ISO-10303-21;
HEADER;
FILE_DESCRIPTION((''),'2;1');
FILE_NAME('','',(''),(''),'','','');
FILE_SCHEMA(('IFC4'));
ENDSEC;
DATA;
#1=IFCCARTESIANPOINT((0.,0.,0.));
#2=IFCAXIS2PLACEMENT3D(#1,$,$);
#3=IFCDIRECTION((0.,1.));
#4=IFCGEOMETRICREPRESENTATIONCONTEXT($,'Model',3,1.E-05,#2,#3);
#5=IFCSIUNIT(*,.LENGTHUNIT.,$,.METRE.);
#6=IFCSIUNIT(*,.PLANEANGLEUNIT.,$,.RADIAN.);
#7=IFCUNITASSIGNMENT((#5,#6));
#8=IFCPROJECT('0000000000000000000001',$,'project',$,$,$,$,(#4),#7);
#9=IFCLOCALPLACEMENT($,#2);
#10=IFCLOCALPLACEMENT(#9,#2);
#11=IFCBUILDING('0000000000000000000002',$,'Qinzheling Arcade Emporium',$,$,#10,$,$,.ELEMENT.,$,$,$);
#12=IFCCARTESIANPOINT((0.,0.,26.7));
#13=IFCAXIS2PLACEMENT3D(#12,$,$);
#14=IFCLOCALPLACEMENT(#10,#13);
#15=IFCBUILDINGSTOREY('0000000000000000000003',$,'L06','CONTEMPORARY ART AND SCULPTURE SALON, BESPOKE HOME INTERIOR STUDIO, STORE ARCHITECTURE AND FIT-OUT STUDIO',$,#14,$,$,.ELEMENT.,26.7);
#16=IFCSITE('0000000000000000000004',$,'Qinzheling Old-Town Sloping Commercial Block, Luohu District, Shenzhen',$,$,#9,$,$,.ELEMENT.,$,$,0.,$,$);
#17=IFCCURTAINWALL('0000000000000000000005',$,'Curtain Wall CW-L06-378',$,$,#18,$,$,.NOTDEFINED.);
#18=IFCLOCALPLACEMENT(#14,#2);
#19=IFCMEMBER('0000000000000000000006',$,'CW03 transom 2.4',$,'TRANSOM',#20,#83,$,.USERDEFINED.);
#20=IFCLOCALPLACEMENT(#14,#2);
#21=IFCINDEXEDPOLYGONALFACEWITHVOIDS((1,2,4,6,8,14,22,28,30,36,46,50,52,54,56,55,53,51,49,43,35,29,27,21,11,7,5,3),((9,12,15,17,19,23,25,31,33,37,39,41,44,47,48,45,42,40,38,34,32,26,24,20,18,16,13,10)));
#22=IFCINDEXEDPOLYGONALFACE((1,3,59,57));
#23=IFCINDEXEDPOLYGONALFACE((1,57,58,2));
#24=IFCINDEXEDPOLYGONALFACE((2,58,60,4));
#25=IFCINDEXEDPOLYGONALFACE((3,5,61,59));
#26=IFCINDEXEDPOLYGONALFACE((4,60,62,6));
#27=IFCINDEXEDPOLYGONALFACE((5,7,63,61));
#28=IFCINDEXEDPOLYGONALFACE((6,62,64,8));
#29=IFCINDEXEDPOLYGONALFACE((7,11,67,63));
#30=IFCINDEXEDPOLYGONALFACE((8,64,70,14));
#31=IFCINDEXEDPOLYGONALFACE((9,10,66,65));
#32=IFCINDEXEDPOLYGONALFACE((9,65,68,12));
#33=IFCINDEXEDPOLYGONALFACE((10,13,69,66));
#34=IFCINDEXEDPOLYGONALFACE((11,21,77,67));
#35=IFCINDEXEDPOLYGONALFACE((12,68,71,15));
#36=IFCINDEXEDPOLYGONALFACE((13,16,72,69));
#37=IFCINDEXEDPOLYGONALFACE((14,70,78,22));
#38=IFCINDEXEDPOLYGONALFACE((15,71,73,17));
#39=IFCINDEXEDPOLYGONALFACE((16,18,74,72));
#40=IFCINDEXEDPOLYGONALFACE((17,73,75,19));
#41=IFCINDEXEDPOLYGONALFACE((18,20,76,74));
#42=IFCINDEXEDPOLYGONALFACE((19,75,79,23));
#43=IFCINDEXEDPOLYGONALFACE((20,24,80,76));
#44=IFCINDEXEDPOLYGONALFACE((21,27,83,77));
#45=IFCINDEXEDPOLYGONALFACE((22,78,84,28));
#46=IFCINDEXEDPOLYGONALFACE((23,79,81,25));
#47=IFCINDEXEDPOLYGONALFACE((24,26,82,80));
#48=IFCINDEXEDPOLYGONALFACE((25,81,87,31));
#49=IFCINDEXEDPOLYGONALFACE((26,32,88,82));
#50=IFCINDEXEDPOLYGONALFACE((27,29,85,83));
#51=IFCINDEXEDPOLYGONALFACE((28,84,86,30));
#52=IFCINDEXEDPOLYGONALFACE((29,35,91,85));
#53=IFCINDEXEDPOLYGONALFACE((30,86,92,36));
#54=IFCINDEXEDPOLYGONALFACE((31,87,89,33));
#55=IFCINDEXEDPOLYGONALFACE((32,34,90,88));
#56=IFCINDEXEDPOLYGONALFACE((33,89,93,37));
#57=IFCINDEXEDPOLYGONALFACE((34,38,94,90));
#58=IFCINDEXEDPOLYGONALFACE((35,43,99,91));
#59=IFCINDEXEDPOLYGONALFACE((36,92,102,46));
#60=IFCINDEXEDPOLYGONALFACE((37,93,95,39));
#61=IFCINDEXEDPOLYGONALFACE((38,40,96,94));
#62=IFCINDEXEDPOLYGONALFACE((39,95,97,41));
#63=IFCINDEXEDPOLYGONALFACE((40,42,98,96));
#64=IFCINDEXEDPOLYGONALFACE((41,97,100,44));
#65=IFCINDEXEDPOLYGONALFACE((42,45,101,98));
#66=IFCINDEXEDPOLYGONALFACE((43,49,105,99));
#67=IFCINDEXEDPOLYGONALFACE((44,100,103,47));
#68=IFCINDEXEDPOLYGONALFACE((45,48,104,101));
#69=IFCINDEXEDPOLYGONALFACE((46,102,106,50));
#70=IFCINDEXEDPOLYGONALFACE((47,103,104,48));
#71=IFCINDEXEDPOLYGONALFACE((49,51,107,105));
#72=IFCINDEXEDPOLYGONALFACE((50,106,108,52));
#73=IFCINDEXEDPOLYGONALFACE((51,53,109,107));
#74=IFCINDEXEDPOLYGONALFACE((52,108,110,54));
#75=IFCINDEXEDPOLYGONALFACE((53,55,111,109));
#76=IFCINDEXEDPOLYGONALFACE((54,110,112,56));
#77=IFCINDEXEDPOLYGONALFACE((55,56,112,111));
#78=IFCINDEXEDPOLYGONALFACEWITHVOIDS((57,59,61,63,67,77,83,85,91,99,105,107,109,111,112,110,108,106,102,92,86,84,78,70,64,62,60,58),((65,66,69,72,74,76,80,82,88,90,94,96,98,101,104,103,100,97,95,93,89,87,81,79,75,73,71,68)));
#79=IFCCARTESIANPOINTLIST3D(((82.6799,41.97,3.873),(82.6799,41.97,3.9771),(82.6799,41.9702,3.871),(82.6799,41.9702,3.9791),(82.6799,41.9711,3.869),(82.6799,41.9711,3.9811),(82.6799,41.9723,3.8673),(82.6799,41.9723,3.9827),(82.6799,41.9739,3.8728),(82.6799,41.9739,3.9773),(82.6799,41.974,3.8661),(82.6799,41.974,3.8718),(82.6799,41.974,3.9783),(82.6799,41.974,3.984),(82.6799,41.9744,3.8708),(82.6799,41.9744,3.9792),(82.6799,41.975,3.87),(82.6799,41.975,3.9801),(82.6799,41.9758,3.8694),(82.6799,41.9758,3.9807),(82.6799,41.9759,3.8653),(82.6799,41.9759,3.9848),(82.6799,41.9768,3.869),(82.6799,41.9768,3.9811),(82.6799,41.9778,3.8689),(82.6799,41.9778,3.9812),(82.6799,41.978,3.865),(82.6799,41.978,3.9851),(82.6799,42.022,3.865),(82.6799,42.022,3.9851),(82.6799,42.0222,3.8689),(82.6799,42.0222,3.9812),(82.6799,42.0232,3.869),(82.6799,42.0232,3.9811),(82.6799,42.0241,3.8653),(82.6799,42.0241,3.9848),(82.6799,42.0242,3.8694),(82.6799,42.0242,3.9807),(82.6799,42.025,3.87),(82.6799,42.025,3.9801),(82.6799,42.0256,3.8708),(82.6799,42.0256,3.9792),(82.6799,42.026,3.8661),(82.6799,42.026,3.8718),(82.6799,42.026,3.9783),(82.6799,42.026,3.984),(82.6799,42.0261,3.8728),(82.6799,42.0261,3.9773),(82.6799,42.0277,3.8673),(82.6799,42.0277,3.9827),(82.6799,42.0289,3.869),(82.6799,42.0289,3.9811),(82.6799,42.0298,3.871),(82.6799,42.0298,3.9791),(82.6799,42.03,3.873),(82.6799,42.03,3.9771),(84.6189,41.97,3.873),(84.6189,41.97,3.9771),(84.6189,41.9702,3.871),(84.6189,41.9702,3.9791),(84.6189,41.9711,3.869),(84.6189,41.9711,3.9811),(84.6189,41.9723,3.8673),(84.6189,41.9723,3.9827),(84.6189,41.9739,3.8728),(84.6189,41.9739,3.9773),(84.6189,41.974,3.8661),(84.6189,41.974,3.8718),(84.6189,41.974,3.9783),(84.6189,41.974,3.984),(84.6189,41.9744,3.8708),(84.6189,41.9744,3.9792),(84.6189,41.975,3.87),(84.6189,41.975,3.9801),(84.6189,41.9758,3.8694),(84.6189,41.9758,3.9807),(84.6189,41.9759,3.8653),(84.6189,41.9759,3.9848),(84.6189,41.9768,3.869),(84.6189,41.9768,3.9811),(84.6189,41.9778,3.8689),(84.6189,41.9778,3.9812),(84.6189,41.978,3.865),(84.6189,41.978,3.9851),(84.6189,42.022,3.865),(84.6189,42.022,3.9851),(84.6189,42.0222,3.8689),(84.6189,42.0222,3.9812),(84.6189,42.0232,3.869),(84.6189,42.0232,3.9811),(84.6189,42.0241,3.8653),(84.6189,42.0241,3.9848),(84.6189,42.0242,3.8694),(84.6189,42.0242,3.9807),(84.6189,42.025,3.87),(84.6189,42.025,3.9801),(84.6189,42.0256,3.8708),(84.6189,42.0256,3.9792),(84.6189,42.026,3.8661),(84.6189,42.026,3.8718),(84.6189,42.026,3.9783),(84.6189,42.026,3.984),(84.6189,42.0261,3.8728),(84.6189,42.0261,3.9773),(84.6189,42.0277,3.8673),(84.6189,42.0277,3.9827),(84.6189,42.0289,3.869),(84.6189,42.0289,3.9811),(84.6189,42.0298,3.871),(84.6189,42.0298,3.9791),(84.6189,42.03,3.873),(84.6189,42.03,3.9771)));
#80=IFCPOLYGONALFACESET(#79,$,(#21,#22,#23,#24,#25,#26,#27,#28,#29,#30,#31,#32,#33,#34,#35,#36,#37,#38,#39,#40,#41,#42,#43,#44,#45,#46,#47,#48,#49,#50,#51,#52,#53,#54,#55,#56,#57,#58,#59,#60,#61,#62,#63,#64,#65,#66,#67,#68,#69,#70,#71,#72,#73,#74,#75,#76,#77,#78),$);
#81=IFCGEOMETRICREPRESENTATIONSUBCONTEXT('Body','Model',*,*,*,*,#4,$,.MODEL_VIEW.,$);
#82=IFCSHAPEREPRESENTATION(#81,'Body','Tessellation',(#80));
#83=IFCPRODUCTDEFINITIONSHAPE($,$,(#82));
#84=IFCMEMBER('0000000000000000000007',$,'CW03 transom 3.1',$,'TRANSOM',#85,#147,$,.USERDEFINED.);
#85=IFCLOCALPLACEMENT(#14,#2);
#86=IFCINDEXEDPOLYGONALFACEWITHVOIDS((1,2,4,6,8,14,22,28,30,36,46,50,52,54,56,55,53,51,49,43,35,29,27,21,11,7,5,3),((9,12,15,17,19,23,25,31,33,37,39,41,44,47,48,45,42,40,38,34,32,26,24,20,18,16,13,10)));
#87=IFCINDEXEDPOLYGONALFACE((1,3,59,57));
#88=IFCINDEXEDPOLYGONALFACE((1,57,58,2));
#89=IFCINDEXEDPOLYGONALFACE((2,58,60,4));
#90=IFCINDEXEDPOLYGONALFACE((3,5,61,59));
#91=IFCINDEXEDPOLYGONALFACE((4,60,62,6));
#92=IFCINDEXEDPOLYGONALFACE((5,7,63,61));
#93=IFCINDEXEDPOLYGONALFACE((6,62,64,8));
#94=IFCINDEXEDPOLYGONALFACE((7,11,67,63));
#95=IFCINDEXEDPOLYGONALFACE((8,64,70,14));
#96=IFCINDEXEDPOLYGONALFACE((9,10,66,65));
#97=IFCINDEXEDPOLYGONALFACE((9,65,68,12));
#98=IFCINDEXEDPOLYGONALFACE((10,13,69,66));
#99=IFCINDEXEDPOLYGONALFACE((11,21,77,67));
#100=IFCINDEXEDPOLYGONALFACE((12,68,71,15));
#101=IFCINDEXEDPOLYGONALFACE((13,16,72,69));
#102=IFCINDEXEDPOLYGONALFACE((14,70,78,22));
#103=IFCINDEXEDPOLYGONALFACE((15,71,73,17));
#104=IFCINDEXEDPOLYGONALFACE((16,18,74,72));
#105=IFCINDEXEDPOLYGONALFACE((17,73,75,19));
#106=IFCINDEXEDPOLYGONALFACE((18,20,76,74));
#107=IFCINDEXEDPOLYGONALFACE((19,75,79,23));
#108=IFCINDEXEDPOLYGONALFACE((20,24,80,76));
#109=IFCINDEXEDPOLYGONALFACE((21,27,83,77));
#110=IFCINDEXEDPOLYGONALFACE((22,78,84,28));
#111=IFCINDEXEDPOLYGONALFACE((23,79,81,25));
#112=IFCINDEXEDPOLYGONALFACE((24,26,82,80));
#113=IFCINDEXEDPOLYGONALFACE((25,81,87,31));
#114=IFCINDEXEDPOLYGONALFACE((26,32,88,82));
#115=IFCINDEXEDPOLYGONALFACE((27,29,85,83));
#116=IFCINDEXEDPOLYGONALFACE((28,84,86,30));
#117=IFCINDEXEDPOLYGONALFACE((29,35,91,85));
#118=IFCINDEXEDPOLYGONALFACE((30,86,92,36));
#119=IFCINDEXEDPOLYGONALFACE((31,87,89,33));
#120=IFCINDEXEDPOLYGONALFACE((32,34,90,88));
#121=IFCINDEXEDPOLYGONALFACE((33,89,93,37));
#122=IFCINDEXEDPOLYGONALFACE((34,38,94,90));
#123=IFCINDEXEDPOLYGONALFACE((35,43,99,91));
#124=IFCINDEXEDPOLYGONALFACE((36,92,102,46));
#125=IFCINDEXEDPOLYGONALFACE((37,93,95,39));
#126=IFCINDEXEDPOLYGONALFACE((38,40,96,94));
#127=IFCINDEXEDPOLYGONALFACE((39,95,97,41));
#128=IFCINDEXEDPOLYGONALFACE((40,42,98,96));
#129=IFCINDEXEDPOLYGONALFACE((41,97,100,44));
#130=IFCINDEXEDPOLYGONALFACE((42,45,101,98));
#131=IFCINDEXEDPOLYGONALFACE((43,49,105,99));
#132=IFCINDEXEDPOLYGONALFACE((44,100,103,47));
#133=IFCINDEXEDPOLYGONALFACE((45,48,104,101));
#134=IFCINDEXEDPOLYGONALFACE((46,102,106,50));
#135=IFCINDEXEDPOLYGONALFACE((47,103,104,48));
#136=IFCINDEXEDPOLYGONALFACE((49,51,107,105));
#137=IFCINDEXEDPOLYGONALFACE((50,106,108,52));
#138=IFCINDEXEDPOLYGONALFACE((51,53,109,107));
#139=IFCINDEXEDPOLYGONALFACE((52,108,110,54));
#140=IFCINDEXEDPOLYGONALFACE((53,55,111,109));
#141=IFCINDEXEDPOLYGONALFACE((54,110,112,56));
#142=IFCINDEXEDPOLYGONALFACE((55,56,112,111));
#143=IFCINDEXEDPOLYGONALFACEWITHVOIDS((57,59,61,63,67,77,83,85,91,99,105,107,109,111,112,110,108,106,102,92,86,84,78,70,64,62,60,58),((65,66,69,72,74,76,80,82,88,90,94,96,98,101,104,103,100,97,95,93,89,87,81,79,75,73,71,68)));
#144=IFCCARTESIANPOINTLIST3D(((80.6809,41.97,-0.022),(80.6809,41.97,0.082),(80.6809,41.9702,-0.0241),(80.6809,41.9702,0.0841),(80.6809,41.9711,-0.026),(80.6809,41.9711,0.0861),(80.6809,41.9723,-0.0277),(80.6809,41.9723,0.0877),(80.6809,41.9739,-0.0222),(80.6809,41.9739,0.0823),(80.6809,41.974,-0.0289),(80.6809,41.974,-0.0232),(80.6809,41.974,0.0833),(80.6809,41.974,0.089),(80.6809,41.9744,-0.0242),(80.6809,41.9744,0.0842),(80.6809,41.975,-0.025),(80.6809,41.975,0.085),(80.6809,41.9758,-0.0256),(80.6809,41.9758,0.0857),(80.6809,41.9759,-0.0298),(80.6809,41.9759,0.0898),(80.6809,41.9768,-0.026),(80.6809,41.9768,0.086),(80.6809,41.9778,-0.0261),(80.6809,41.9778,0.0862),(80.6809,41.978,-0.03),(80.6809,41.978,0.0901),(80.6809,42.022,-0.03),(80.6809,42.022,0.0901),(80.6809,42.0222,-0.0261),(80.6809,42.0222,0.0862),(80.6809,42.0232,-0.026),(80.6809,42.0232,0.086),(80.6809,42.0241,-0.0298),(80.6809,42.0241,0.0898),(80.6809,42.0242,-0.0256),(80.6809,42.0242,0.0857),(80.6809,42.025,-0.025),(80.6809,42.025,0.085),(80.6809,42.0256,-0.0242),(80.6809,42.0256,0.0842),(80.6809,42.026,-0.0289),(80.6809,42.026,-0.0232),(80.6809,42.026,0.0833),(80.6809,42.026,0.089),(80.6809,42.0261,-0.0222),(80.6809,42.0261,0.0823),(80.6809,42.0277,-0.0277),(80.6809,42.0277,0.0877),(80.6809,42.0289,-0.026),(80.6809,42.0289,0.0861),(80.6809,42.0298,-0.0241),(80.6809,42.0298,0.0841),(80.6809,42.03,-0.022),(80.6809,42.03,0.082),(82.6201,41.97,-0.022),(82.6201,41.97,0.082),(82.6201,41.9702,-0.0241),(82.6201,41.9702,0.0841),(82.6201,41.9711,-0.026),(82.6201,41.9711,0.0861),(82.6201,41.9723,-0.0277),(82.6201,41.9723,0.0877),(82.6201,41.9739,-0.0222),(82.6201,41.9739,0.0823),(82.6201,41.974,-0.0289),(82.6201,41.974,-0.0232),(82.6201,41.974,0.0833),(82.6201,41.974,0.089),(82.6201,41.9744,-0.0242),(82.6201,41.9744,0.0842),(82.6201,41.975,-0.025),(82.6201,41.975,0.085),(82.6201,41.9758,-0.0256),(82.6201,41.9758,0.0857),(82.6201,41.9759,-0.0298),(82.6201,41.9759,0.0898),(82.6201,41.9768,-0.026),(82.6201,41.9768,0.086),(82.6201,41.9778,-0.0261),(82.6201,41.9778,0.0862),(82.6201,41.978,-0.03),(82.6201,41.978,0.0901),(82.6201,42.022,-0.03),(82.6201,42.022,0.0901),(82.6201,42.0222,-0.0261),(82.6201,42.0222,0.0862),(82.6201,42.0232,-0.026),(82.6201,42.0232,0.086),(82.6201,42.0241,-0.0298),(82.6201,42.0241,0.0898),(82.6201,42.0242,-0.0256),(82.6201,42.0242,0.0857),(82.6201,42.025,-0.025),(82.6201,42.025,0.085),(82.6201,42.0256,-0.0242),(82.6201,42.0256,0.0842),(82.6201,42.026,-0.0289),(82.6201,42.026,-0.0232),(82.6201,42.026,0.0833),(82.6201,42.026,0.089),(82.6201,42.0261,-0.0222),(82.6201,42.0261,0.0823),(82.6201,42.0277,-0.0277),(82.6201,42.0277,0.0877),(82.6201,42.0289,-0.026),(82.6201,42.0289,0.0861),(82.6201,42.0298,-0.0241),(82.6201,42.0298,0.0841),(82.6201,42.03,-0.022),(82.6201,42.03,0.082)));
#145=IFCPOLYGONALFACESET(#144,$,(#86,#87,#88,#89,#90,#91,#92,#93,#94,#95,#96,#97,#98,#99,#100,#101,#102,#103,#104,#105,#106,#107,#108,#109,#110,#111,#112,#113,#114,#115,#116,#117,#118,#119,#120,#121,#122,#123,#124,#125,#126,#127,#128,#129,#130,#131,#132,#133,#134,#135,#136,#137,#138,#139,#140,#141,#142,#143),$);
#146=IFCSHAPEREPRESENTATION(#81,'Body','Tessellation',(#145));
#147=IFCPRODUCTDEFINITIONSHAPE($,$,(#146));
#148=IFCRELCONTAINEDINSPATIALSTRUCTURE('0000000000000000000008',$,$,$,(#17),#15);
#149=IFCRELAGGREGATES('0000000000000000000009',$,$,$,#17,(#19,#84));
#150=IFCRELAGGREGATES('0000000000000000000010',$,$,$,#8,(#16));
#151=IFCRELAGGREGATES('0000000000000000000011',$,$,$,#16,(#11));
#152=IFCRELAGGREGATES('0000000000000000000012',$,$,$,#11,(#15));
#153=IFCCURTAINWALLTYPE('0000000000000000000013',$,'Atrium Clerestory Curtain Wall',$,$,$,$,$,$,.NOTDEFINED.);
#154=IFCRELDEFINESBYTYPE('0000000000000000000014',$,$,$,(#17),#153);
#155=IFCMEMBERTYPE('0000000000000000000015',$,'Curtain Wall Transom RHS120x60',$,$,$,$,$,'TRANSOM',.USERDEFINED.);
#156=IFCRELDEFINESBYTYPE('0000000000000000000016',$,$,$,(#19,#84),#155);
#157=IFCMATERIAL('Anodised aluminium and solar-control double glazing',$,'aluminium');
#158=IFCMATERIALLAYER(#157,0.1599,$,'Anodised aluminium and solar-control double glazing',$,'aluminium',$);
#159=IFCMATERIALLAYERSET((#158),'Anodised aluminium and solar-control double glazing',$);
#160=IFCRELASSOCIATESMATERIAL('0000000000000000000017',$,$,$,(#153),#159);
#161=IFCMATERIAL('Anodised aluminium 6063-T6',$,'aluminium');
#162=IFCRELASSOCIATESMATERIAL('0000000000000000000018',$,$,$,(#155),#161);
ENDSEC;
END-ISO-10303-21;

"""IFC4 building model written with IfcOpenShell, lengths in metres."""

from ifc_helpers import new_model, si_unit, direction, frame, origin, origin_2d, place, context, subcontext, project, spatial, hollow_rectangle, extrude, material, layer, layer_set, material_profile, profile_set, type_object, element, aggregate, save


model = new_model("IFC4")

# Units and contexts
model_context = context("Model", 3, precision=1e-05, world=origin(), true_north=direction((0.0, 1.0)))
body_context = subcontext(model_context, "Body", "Model", "MODEL_VIEW")
ifc_project = project(units=[si_unit("LENGTHUNIT", "METRE"), si_unit("PLANEANGLEUNIT", "RADIAN")], contexts=[model_context])

# Site, building, storey
site_placement = place(None, origin())
site = spatial("IfcSite", under=ifc_project, at=site_placement, Name="Qinzheling Old-Town Sloping Commercial Block, Luohu District, Shenzhen", CompositionType="ELEMENT", RefElevation=0.0)
building_placement = place(site_placement, origin())
building = spatial("IfcBuilding", under=site, at=building_placement, Name="Qinzheling Arcade Emporium", CompositionType="ELEMENT")
storey_placement = place(building_placement, frame((0.0, 0.0, 26.7)))
storey = spatial("IfcBuildingStorey", under=building, at=storey_placement, Name="L06", Description="CONTEMPORARY ART AND SCULPTURE SALON, BESPOKE HOME INTERIOR STUDIO, STORE ARCHITECTURE AND FIT-OUT STUDIO", CompositionType="ELEMENT", Elevation=26.7)

# Curtain wall, members
ifc_material_1 = material(Name="Anodised aluminium and solar-control double glazing", Category="aluminium")
ifc_layer_1 = layer(ifc_material_1, 0.1599, Name="Anodised aluminium and solar-control double glazing", Category="aluminium")
ifc_layer_set_1 = layer_set([ifc_layer_1], Name="Anodised aluminium and solar-control double glazing")
curtain_wall_type = type_object("IfcCurtainWallType", Name="Atrium Clerestory Curtain Wall", PredefinedType="NOTDEFINED", material=ifc_layer_set_1)
curtain_wall_placement = place(storey_placement, origin())
curtain_wall = element("IfcCurtainWall", 1, at=curtain_wall_placement, inside=storey, type_object=curtain_wall_type, Name="Curtain Wall CW-L06-378", PredefinedType="NOTDEFINED")
ifc_material_2 = material(Name="Anodised aluminium 6063-T6", Category="aluminium")
ifc_material_profile_1 = material_profile(ifc_material_2, hollow_rectangle(XDim=0.0601, YDim=0.1201, WallThickness=0.0039, InnerFilletRadius=0.0039, OuterFilletRadius=0.0081, at=origin_2d()), Name="RHS 120x60x4", Category="aluminium")
ifc_profile_set_1 = profile_set([ifc_material_profile_1], Name="Anodised aluminium 6063-T6")
member_type_1 = type_object("IfcMemberType", Name="Curtain Wall Transom RHS120x60", ElementType="TRANSOM", PredefinedType="USERDEFINED", material=ifc_profile_set_1)
member_1_placement = place(storey_placement, frame((84.6189, 42.0, 3.925), z_axis=(-1.0, 0.0, 0.0), x_axis=(0.0, -1.0, 0.0)))
member_1 = element("IfcMember", 2, at=member_1_placement, type_object=member_type_1, Name="CW03 transom 2.4", ObjectType="TRANSOM", PredefinedType="USERDEFINED", context=body_context, shape_type="SweptSolid", body=[
    extrude(hollow_rectangle(XDim=0.0601, YDim=0.1201, WallThickness=0.0039, InnerFilletRadius=0.0039, OuterFilletRadius=0.0081, at=origin_2d()), origin(), (0.0, 0.0, 1.0), 1.939),
])
member_2_placement = place(storey_placement, frame((82.6201, 42.0, 0.03), z_axis=(-1.0, 0.0, 0.0), x_axis=(0.0, -1.0, 0.0)))
member_2 = element("IfcMember", 3, at=member_2_placement, type_object=member_type_1, Name="CW03 transom 3.1", ObjectType="TRANSOM", PredefinedType="USERDEFINED", context=body_context, shape_type="SweptSolid", body=[
    extrude(hollow_rectangle(XDim=0.0601, YDim=0.1201, WallThickness=0.0039, InnerFilletRadius=0.0039, OuterFilletRadius=0.0081, at=origin_2d()), origin(), (0.0, 0.0, 1.0), 1.9392),
])
aggregate(curtain_wall, [member_1, member_2])

save(model, "model.ifc")
